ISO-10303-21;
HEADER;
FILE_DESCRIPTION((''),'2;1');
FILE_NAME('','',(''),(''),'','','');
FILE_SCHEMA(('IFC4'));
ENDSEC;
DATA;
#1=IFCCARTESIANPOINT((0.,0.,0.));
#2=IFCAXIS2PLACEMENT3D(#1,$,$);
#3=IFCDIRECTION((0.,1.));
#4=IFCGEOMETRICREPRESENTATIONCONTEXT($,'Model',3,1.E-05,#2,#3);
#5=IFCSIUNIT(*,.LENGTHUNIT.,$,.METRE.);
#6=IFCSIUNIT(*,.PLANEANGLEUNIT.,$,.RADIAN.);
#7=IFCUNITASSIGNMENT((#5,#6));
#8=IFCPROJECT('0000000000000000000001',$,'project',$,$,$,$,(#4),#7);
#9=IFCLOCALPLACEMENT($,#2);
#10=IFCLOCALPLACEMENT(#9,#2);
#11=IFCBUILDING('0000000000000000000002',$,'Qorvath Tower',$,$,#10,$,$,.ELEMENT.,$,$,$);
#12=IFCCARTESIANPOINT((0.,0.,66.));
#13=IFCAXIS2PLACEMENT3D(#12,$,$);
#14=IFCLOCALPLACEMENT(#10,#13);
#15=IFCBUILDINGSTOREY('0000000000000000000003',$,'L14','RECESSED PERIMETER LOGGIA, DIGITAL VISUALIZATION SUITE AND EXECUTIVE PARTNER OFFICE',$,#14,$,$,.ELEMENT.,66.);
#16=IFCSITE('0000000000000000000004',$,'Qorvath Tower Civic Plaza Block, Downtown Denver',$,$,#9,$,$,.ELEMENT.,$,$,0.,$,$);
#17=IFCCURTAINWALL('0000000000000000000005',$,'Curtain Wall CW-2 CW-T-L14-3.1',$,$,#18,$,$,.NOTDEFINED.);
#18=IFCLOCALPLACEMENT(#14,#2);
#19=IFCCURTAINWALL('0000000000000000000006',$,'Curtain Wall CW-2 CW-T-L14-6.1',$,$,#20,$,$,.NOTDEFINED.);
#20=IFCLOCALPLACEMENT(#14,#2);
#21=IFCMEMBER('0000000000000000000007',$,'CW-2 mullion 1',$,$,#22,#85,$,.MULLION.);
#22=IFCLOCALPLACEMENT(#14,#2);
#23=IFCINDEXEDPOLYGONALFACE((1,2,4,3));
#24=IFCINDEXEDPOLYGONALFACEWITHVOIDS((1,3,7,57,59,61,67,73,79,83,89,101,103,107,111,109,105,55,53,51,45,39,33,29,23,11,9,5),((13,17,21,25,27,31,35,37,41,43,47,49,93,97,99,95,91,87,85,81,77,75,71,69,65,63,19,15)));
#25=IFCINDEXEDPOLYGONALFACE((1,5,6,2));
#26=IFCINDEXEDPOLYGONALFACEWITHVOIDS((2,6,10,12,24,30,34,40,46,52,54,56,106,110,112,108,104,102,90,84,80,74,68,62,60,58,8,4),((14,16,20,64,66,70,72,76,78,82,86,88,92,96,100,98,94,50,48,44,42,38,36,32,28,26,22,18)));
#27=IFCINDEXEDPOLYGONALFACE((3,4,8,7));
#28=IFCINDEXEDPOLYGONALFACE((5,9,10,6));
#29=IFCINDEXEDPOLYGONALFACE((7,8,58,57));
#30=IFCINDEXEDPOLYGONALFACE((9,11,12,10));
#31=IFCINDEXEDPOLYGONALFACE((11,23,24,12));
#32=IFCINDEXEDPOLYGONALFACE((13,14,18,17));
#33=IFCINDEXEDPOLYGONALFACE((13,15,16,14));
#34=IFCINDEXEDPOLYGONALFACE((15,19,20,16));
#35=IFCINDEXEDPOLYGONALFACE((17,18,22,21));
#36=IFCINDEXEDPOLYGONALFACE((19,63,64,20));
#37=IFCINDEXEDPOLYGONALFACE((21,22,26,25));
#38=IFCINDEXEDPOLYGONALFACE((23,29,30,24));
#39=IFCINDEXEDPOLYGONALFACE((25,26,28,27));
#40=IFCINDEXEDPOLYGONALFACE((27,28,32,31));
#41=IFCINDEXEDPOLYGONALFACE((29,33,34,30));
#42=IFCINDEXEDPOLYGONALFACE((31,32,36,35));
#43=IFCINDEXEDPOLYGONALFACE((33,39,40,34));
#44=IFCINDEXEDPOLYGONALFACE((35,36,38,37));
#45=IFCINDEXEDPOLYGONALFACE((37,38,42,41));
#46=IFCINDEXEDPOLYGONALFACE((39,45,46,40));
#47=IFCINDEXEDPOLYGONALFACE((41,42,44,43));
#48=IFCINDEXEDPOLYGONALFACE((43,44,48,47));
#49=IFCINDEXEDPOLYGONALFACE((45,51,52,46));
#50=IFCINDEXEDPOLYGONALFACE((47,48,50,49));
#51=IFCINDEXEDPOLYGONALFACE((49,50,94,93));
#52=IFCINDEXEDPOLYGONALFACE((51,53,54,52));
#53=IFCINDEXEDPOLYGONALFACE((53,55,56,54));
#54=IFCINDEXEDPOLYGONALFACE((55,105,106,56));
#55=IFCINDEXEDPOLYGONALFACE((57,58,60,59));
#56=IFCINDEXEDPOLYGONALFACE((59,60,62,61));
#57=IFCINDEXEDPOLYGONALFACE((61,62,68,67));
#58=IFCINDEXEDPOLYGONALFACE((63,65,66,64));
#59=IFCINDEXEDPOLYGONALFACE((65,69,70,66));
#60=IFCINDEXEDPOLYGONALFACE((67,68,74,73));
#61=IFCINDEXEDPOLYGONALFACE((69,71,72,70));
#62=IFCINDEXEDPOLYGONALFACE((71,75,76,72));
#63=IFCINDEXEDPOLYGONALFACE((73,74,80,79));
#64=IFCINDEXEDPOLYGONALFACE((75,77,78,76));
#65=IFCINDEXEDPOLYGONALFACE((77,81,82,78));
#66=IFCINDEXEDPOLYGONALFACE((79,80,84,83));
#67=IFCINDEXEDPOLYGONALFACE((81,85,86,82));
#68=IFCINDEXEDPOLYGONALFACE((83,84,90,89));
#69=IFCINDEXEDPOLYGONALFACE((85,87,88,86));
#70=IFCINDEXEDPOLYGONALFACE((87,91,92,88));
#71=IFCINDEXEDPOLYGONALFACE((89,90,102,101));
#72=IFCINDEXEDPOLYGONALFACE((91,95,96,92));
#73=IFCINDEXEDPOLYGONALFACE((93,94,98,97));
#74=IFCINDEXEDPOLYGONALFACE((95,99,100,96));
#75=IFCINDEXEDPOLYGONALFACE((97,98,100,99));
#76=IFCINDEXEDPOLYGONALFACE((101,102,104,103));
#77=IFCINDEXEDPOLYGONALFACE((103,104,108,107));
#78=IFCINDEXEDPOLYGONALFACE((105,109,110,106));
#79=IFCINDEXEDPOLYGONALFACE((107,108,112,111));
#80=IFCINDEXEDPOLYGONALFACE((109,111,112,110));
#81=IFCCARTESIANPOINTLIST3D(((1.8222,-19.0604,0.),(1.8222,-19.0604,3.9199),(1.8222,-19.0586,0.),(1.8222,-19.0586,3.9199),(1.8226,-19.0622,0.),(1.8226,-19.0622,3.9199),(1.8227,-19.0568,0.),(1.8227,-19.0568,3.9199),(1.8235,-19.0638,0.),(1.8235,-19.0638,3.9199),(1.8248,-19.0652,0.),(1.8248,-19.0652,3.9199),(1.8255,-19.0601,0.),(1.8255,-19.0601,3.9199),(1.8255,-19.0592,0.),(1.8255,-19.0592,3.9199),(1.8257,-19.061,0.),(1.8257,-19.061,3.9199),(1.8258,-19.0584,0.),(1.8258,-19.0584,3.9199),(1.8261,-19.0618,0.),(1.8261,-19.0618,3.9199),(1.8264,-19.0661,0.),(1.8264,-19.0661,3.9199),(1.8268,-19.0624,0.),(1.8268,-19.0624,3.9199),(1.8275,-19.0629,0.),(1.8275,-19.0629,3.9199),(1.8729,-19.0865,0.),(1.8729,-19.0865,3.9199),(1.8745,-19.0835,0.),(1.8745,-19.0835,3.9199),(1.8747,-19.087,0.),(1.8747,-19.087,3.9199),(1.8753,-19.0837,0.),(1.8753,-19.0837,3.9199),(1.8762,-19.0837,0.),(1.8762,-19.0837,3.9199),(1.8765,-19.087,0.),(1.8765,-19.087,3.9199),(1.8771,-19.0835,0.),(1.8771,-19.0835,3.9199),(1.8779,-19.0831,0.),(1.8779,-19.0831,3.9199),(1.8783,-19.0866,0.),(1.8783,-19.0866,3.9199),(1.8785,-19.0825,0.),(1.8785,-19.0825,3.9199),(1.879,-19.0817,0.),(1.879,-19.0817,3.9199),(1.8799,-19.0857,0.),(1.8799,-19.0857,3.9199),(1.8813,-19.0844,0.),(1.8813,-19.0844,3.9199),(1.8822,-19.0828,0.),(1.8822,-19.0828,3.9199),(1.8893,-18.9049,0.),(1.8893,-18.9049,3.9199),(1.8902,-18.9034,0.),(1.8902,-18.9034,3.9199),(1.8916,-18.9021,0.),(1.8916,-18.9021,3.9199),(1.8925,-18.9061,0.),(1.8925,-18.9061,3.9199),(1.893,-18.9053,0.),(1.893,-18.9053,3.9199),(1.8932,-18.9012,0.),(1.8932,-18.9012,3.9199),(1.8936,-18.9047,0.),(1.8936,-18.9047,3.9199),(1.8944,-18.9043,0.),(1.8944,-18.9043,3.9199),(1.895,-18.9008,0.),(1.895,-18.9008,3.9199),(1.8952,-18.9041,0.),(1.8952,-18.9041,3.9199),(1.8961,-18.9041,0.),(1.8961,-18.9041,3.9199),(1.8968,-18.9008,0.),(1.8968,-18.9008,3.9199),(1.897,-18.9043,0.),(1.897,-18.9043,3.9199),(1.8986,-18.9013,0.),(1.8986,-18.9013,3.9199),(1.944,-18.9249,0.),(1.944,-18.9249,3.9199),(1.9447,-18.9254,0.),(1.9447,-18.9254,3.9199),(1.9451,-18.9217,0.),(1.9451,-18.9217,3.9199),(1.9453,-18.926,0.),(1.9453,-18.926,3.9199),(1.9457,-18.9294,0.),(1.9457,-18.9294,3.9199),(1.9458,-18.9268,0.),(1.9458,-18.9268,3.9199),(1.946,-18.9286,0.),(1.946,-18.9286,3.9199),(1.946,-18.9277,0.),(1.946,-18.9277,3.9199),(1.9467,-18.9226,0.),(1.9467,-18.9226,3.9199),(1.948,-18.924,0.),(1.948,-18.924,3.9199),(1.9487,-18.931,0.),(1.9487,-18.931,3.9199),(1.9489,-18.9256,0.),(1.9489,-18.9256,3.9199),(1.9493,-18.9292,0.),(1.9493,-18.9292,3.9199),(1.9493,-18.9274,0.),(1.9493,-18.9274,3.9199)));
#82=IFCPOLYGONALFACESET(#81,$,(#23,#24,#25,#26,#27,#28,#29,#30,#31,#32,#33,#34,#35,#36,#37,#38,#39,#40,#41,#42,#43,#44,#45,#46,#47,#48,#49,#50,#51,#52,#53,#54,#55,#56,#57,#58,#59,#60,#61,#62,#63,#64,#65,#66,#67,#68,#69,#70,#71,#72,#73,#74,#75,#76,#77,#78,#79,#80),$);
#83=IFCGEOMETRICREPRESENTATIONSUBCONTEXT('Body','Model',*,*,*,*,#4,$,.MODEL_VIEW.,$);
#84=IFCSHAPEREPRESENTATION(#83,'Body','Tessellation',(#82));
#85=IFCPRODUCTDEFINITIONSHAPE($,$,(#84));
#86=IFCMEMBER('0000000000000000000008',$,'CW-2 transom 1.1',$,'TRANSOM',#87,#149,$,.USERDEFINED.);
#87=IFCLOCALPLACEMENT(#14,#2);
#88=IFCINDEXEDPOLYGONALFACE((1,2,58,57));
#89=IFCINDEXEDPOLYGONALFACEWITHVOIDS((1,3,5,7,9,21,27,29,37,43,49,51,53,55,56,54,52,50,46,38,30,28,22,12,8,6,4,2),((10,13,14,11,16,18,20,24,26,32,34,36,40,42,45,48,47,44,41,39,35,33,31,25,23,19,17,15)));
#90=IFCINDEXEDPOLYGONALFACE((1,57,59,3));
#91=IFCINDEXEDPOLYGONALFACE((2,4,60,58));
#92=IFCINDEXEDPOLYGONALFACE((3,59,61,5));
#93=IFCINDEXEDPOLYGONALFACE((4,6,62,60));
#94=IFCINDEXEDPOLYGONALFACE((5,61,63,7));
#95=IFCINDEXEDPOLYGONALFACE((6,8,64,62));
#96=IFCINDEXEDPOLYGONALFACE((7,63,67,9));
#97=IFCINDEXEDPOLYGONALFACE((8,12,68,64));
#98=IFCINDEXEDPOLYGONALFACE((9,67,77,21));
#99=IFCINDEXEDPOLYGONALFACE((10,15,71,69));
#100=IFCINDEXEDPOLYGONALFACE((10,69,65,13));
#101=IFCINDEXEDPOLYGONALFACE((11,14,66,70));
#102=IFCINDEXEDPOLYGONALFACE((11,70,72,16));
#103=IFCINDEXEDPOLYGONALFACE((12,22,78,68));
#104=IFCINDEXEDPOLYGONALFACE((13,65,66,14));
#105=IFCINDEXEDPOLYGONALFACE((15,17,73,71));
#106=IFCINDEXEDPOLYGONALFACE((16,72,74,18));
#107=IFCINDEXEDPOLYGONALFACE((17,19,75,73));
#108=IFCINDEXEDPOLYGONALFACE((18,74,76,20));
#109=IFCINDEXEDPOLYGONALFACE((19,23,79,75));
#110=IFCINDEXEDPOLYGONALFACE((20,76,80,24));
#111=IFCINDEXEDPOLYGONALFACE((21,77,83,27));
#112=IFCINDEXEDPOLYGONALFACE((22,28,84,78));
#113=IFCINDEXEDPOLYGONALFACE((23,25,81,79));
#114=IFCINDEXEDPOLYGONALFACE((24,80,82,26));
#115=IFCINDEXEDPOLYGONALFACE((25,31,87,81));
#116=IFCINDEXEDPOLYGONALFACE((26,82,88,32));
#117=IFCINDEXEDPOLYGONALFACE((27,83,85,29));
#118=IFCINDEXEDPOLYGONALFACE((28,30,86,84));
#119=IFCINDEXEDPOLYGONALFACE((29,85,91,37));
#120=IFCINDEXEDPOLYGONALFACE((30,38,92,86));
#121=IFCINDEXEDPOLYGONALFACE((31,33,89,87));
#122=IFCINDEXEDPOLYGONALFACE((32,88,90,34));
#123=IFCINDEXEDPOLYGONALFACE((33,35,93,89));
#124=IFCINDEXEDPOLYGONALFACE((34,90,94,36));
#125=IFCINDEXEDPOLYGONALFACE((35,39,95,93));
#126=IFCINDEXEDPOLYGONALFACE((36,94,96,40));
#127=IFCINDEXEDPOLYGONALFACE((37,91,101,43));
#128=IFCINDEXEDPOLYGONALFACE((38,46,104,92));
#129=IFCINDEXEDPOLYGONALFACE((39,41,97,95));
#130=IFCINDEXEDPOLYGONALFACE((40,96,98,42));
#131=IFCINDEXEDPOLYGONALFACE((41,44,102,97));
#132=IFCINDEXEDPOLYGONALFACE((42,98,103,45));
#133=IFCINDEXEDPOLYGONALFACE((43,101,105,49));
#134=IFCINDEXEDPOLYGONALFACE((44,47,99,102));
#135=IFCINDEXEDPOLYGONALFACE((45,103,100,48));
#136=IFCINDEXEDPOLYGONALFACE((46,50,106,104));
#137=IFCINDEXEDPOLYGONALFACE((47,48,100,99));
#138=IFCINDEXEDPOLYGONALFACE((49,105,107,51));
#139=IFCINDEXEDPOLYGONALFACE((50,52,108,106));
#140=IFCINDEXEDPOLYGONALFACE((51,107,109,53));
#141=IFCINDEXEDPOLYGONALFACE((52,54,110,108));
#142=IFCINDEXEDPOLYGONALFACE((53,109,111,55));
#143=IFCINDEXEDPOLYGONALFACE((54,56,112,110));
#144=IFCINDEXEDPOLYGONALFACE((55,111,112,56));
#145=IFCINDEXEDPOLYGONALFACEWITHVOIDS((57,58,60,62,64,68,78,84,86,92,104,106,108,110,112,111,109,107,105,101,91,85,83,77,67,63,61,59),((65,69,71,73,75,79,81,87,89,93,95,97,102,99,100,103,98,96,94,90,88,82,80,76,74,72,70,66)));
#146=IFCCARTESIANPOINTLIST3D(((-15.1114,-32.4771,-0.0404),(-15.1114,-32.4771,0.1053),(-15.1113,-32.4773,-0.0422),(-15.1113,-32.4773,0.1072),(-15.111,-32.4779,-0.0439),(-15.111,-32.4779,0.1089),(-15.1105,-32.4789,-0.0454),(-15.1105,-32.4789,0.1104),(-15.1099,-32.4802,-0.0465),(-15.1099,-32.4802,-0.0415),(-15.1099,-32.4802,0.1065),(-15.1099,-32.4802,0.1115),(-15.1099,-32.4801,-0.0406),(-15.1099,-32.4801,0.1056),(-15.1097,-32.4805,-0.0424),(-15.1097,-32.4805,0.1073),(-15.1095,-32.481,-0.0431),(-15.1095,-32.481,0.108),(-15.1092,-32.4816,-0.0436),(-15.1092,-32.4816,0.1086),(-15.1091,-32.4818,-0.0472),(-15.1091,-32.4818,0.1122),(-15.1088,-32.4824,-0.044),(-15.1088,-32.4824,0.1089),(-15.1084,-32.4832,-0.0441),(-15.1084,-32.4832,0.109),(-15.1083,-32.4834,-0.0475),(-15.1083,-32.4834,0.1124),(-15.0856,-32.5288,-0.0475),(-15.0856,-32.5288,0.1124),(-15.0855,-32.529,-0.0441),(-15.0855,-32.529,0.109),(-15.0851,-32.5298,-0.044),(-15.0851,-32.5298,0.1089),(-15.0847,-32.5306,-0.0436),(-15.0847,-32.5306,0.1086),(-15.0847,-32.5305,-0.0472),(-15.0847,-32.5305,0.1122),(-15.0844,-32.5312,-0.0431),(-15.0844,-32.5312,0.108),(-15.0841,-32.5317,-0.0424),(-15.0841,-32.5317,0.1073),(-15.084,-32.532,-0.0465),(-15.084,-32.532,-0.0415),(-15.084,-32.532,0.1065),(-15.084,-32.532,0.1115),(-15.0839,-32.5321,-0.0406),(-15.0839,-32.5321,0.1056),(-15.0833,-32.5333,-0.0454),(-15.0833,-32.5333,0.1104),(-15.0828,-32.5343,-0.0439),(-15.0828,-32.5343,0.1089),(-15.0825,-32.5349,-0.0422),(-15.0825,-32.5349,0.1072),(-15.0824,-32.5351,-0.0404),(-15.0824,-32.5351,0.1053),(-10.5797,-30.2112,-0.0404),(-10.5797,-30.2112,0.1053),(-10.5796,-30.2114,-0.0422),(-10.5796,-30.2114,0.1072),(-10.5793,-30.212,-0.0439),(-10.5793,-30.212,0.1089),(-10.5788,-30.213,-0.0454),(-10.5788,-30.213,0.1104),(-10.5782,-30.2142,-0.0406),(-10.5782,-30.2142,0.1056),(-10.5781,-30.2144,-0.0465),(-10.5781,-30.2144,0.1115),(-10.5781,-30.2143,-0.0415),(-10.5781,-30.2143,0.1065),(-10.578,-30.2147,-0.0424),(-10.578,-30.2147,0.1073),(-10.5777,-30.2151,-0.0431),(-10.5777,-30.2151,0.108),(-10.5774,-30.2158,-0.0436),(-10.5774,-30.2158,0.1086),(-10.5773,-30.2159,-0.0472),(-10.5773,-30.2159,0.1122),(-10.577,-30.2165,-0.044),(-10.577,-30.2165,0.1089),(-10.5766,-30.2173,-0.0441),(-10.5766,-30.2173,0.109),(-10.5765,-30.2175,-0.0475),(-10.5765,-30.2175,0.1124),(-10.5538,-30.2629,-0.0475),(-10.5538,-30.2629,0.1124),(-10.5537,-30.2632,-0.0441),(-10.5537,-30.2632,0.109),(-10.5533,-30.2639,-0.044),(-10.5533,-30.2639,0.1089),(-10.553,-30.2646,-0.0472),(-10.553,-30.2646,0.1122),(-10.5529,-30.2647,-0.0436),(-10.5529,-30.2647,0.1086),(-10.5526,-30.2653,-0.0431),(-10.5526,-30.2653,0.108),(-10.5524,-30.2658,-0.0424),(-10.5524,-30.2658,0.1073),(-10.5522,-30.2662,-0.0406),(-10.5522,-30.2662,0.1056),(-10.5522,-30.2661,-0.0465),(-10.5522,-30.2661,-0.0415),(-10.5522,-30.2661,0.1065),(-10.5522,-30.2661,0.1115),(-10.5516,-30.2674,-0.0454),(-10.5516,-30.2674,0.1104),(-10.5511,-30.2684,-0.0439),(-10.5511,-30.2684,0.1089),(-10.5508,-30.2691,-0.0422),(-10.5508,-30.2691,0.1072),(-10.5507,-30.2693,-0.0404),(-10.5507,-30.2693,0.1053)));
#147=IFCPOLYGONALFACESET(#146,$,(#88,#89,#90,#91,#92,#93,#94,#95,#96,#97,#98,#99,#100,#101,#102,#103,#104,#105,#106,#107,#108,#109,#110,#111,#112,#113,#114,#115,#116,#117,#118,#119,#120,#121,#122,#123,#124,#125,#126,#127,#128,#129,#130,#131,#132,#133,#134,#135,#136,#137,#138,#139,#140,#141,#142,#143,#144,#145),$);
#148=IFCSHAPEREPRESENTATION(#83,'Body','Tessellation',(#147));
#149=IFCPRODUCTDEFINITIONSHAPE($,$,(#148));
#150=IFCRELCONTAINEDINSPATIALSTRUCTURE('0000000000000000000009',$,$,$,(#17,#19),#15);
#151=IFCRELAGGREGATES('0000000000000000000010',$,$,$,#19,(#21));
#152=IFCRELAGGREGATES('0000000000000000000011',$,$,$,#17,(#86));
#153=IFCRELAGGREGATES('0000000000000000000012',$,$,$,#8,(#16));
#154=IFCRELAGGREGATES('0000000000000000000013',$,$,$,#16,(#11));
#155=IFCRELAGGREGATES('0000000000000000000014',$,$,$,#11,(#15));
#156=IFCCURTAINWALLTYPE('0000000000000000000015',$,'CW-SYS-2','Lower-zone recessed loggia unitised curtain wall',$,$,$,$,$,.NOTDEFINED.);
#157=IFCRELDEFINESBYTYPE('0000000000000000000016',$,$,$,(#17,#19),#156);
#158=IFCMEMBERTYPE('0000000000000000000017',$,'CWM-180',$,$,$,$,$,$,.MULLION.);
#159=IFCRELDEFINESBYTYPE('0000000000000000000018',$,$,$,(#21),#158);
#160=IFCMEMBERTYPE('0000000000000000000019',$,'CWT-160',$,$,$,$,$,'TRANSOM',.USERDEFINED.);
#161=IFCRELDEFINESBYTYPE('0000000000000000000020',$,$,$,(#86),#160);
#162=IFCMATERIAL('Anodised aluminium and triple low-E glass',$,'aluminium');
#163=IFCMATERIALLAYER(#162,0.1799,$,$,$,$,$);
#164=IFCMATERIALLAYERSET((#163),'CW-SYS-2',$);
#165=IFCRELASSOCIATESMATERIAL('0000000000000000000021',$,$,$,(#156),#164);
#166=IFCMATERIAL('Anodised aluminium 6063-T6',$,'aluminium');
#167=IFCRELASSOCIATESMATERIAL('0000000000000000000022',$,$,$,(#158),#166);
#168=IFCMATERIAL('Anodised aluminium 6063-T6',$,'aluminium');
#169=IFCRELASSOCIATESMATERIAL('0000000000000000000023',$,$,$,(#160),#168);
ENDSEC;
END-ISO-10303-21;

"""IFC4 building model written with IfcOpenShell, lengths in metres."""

from ifc_helpers import new_model, si_unit, direction, frame, origin, origin_2d, place, context, subcontext, project, spatial, hollow_rectangle, extrude, material, layer, layer_set, material_profile, profile_set, type_object, element, aggregate, save


model = new_model("IFC4")

# Units and contexts
model_context = context("Model", 3, precision=1e-05, world=origin(), true_north=direction((0.0, 1.0)))
body_context = subcontext(model_context, "Body", "Model", "MODEL_VIEW")
ifc_project = project(units=[si_unit("LENGTHUNIT", "METRE"), si_unit("PLANEANGLEUNIT", "RADIAN")], contexts=[model_context])

# Site, building, storey
site_placement = place(None, origin())
site = spatial("IfcSite", under=ifc_project, at=site_placement, Name="Qorvath Tower Civic Plaza Block, Downtown Denver", CompositionType="ELEMENT", RefElevation=0.0)
building_placement = place(site_placement, origin())
building = spatial("IfcBuilding", under=site, at=building_placement, Name="Qorvath Tower", CompositionType="ELEMENT")
storey_placement = place(building_placement, frame((0.0, 0.0, 66.0)))
storey = spatial("IfcBuildingStorey", under=building, at=storey_placement, Name="L14", Description="RECESSED PERIMETER LOGGIA, DIGITAL VISUALIZATION SUITE AND EXECUTIVE PARTNER OFFICE", CompositionType="ELEMENT", Elevation=66.0)

# Shared definitions
ifc_material_1 = material(Name="Anodised aluminium and triple low-E glass", Category="aluminium")
ifc_layer_1 = layer(ifc_material_1, 0.1799)
ifc_layer_set_1 = layer_set([ifc_layer_1], Name="CW-SYS-2")
curtain_wall_type = type_object("IfcCurtainWallType", Name="CW-SYS-2", Description="Lower-zone recessed loggia unitised curtain wall", PredefinedType="NOTDEFINED", material=ifc_layer_set_1)
ifc_material_2 = material(Name="Anodised aluminium 6063-T6", Category="aluminium")
ifc_material_profile_1 = material_profile(ifc_material_2, hollow_rectangle(XDim=0.0649, YDim=0.1799, WallThickness=0.0034, InnerFilletRadius=0.0034, OuterFilletRadius=0.0071, at=origin_2d()), Name="CWM 180x65")
ifc_profile_set_1 = profile_set([ifc_material_profile_1], Name="Anodised aluminium 6063-T6")
member_type_1 = type_object("IfcMemberType", Name="CWM-180", PredefinedType="MULLION", material=ifc_profile_set_1)

# Curtain wall
curtain_wall_1_placement = place(storey_placement, origin())
curtain_wall_1 = element("IfcCurtainWall", 1, at=curtain_wall_1_placement, inside=storey, type_object=curtain_wall_type, Name="Curtain Wall CW-2 CW-T-L14-3.1", PredefinedType="NOTDEFINED")

# Curtain wall, member
curtain_wall_2_placement = place(storey_placement, origin())
curtain_wall_2 = element("IfcCurtainWall", 2, at=curtain_wall_2_placement, inside=storey, type_object=curtain_wall_type, Name="Curtain Wall CW-2 CW-T-L14-6.1", PredefinedType="NOTDEFINED")
member_1_placement = place(storey_placement, frame((1.8857, -18.9939, 0.0), z_axis=(0.0, 0.0, 1.0), x_axis=(-0.915926, 0.401348, 0.0)))
member_1 = element("IfcMember", 3, at=member_1_placement, type_object=member_type_1, Name="CW-2 mullion 1", PredefinedType="MULLION", context=body_context, shape_type="SweptSolid", body=[
    extrude(hollow_rectangle(XDim=0.0649, YDim=0.1799, WallThickness=0.0034, InnerFilletRadius=0.0034, OuterFilletRadius=0.0071, at=origin_2d()), origin(), (0.0, 0.0, 1.0), 3.9199),
])
aggregate(curtain_wall_2, [member_1])

# Member
ifc_material_3 = material(Name="Anodised aluminium 6063-T6", Category="aluminium")
ifc_material_profile_2 = material_profile(ifc_material_3, hollow_rectangle(XDim=0.0649, YDim=0.1599, WallThickness=0.0034, InnerFilletRadius=0.0034, OuterFilletRadius=0.0071, at=origin_2d()), Name="CWT 160x65")
ifc_profile_set_2 = profile_set([ifc_material_profile_2], Name="Anodised aluminium 6063-T6")
member_type_2 = type_object("IfcMemberType", Name="CWT-160", ElementType="TRANSOM", PredefinedType="USERDEFINED", material=ifc_profile_set_2)
member_2_placement = place(storey_placement, frame((-15.0969, -32.5061, 0.0325), z_axis=(0.894427, 0.447214, 0.0), x_axis=(-0.447214, 0.894427, 0.0)))
member_2 = element("IfcMember", 4, at=member_2_placement, type_object=member_type_2, Name="CW-2 transom 1.1", ObjectType="TRANSOM", PredefinedType="USERDEFINED", context=body_context, shape_type="SweptSolid", body=[
    extrude(hollow_rectangle(XDim=0.0649, YDim=0.1599, WallThickness=0.0034, InnerFilletRadius=0.0034, OuterFilletRadius=0.0071, at=origin_2d()), origin(), (0.0, 0.0, 1.0), 5.0667),
])

aggregate(curtain_wall_1, [member_2])

save(model, "model.ifc")
